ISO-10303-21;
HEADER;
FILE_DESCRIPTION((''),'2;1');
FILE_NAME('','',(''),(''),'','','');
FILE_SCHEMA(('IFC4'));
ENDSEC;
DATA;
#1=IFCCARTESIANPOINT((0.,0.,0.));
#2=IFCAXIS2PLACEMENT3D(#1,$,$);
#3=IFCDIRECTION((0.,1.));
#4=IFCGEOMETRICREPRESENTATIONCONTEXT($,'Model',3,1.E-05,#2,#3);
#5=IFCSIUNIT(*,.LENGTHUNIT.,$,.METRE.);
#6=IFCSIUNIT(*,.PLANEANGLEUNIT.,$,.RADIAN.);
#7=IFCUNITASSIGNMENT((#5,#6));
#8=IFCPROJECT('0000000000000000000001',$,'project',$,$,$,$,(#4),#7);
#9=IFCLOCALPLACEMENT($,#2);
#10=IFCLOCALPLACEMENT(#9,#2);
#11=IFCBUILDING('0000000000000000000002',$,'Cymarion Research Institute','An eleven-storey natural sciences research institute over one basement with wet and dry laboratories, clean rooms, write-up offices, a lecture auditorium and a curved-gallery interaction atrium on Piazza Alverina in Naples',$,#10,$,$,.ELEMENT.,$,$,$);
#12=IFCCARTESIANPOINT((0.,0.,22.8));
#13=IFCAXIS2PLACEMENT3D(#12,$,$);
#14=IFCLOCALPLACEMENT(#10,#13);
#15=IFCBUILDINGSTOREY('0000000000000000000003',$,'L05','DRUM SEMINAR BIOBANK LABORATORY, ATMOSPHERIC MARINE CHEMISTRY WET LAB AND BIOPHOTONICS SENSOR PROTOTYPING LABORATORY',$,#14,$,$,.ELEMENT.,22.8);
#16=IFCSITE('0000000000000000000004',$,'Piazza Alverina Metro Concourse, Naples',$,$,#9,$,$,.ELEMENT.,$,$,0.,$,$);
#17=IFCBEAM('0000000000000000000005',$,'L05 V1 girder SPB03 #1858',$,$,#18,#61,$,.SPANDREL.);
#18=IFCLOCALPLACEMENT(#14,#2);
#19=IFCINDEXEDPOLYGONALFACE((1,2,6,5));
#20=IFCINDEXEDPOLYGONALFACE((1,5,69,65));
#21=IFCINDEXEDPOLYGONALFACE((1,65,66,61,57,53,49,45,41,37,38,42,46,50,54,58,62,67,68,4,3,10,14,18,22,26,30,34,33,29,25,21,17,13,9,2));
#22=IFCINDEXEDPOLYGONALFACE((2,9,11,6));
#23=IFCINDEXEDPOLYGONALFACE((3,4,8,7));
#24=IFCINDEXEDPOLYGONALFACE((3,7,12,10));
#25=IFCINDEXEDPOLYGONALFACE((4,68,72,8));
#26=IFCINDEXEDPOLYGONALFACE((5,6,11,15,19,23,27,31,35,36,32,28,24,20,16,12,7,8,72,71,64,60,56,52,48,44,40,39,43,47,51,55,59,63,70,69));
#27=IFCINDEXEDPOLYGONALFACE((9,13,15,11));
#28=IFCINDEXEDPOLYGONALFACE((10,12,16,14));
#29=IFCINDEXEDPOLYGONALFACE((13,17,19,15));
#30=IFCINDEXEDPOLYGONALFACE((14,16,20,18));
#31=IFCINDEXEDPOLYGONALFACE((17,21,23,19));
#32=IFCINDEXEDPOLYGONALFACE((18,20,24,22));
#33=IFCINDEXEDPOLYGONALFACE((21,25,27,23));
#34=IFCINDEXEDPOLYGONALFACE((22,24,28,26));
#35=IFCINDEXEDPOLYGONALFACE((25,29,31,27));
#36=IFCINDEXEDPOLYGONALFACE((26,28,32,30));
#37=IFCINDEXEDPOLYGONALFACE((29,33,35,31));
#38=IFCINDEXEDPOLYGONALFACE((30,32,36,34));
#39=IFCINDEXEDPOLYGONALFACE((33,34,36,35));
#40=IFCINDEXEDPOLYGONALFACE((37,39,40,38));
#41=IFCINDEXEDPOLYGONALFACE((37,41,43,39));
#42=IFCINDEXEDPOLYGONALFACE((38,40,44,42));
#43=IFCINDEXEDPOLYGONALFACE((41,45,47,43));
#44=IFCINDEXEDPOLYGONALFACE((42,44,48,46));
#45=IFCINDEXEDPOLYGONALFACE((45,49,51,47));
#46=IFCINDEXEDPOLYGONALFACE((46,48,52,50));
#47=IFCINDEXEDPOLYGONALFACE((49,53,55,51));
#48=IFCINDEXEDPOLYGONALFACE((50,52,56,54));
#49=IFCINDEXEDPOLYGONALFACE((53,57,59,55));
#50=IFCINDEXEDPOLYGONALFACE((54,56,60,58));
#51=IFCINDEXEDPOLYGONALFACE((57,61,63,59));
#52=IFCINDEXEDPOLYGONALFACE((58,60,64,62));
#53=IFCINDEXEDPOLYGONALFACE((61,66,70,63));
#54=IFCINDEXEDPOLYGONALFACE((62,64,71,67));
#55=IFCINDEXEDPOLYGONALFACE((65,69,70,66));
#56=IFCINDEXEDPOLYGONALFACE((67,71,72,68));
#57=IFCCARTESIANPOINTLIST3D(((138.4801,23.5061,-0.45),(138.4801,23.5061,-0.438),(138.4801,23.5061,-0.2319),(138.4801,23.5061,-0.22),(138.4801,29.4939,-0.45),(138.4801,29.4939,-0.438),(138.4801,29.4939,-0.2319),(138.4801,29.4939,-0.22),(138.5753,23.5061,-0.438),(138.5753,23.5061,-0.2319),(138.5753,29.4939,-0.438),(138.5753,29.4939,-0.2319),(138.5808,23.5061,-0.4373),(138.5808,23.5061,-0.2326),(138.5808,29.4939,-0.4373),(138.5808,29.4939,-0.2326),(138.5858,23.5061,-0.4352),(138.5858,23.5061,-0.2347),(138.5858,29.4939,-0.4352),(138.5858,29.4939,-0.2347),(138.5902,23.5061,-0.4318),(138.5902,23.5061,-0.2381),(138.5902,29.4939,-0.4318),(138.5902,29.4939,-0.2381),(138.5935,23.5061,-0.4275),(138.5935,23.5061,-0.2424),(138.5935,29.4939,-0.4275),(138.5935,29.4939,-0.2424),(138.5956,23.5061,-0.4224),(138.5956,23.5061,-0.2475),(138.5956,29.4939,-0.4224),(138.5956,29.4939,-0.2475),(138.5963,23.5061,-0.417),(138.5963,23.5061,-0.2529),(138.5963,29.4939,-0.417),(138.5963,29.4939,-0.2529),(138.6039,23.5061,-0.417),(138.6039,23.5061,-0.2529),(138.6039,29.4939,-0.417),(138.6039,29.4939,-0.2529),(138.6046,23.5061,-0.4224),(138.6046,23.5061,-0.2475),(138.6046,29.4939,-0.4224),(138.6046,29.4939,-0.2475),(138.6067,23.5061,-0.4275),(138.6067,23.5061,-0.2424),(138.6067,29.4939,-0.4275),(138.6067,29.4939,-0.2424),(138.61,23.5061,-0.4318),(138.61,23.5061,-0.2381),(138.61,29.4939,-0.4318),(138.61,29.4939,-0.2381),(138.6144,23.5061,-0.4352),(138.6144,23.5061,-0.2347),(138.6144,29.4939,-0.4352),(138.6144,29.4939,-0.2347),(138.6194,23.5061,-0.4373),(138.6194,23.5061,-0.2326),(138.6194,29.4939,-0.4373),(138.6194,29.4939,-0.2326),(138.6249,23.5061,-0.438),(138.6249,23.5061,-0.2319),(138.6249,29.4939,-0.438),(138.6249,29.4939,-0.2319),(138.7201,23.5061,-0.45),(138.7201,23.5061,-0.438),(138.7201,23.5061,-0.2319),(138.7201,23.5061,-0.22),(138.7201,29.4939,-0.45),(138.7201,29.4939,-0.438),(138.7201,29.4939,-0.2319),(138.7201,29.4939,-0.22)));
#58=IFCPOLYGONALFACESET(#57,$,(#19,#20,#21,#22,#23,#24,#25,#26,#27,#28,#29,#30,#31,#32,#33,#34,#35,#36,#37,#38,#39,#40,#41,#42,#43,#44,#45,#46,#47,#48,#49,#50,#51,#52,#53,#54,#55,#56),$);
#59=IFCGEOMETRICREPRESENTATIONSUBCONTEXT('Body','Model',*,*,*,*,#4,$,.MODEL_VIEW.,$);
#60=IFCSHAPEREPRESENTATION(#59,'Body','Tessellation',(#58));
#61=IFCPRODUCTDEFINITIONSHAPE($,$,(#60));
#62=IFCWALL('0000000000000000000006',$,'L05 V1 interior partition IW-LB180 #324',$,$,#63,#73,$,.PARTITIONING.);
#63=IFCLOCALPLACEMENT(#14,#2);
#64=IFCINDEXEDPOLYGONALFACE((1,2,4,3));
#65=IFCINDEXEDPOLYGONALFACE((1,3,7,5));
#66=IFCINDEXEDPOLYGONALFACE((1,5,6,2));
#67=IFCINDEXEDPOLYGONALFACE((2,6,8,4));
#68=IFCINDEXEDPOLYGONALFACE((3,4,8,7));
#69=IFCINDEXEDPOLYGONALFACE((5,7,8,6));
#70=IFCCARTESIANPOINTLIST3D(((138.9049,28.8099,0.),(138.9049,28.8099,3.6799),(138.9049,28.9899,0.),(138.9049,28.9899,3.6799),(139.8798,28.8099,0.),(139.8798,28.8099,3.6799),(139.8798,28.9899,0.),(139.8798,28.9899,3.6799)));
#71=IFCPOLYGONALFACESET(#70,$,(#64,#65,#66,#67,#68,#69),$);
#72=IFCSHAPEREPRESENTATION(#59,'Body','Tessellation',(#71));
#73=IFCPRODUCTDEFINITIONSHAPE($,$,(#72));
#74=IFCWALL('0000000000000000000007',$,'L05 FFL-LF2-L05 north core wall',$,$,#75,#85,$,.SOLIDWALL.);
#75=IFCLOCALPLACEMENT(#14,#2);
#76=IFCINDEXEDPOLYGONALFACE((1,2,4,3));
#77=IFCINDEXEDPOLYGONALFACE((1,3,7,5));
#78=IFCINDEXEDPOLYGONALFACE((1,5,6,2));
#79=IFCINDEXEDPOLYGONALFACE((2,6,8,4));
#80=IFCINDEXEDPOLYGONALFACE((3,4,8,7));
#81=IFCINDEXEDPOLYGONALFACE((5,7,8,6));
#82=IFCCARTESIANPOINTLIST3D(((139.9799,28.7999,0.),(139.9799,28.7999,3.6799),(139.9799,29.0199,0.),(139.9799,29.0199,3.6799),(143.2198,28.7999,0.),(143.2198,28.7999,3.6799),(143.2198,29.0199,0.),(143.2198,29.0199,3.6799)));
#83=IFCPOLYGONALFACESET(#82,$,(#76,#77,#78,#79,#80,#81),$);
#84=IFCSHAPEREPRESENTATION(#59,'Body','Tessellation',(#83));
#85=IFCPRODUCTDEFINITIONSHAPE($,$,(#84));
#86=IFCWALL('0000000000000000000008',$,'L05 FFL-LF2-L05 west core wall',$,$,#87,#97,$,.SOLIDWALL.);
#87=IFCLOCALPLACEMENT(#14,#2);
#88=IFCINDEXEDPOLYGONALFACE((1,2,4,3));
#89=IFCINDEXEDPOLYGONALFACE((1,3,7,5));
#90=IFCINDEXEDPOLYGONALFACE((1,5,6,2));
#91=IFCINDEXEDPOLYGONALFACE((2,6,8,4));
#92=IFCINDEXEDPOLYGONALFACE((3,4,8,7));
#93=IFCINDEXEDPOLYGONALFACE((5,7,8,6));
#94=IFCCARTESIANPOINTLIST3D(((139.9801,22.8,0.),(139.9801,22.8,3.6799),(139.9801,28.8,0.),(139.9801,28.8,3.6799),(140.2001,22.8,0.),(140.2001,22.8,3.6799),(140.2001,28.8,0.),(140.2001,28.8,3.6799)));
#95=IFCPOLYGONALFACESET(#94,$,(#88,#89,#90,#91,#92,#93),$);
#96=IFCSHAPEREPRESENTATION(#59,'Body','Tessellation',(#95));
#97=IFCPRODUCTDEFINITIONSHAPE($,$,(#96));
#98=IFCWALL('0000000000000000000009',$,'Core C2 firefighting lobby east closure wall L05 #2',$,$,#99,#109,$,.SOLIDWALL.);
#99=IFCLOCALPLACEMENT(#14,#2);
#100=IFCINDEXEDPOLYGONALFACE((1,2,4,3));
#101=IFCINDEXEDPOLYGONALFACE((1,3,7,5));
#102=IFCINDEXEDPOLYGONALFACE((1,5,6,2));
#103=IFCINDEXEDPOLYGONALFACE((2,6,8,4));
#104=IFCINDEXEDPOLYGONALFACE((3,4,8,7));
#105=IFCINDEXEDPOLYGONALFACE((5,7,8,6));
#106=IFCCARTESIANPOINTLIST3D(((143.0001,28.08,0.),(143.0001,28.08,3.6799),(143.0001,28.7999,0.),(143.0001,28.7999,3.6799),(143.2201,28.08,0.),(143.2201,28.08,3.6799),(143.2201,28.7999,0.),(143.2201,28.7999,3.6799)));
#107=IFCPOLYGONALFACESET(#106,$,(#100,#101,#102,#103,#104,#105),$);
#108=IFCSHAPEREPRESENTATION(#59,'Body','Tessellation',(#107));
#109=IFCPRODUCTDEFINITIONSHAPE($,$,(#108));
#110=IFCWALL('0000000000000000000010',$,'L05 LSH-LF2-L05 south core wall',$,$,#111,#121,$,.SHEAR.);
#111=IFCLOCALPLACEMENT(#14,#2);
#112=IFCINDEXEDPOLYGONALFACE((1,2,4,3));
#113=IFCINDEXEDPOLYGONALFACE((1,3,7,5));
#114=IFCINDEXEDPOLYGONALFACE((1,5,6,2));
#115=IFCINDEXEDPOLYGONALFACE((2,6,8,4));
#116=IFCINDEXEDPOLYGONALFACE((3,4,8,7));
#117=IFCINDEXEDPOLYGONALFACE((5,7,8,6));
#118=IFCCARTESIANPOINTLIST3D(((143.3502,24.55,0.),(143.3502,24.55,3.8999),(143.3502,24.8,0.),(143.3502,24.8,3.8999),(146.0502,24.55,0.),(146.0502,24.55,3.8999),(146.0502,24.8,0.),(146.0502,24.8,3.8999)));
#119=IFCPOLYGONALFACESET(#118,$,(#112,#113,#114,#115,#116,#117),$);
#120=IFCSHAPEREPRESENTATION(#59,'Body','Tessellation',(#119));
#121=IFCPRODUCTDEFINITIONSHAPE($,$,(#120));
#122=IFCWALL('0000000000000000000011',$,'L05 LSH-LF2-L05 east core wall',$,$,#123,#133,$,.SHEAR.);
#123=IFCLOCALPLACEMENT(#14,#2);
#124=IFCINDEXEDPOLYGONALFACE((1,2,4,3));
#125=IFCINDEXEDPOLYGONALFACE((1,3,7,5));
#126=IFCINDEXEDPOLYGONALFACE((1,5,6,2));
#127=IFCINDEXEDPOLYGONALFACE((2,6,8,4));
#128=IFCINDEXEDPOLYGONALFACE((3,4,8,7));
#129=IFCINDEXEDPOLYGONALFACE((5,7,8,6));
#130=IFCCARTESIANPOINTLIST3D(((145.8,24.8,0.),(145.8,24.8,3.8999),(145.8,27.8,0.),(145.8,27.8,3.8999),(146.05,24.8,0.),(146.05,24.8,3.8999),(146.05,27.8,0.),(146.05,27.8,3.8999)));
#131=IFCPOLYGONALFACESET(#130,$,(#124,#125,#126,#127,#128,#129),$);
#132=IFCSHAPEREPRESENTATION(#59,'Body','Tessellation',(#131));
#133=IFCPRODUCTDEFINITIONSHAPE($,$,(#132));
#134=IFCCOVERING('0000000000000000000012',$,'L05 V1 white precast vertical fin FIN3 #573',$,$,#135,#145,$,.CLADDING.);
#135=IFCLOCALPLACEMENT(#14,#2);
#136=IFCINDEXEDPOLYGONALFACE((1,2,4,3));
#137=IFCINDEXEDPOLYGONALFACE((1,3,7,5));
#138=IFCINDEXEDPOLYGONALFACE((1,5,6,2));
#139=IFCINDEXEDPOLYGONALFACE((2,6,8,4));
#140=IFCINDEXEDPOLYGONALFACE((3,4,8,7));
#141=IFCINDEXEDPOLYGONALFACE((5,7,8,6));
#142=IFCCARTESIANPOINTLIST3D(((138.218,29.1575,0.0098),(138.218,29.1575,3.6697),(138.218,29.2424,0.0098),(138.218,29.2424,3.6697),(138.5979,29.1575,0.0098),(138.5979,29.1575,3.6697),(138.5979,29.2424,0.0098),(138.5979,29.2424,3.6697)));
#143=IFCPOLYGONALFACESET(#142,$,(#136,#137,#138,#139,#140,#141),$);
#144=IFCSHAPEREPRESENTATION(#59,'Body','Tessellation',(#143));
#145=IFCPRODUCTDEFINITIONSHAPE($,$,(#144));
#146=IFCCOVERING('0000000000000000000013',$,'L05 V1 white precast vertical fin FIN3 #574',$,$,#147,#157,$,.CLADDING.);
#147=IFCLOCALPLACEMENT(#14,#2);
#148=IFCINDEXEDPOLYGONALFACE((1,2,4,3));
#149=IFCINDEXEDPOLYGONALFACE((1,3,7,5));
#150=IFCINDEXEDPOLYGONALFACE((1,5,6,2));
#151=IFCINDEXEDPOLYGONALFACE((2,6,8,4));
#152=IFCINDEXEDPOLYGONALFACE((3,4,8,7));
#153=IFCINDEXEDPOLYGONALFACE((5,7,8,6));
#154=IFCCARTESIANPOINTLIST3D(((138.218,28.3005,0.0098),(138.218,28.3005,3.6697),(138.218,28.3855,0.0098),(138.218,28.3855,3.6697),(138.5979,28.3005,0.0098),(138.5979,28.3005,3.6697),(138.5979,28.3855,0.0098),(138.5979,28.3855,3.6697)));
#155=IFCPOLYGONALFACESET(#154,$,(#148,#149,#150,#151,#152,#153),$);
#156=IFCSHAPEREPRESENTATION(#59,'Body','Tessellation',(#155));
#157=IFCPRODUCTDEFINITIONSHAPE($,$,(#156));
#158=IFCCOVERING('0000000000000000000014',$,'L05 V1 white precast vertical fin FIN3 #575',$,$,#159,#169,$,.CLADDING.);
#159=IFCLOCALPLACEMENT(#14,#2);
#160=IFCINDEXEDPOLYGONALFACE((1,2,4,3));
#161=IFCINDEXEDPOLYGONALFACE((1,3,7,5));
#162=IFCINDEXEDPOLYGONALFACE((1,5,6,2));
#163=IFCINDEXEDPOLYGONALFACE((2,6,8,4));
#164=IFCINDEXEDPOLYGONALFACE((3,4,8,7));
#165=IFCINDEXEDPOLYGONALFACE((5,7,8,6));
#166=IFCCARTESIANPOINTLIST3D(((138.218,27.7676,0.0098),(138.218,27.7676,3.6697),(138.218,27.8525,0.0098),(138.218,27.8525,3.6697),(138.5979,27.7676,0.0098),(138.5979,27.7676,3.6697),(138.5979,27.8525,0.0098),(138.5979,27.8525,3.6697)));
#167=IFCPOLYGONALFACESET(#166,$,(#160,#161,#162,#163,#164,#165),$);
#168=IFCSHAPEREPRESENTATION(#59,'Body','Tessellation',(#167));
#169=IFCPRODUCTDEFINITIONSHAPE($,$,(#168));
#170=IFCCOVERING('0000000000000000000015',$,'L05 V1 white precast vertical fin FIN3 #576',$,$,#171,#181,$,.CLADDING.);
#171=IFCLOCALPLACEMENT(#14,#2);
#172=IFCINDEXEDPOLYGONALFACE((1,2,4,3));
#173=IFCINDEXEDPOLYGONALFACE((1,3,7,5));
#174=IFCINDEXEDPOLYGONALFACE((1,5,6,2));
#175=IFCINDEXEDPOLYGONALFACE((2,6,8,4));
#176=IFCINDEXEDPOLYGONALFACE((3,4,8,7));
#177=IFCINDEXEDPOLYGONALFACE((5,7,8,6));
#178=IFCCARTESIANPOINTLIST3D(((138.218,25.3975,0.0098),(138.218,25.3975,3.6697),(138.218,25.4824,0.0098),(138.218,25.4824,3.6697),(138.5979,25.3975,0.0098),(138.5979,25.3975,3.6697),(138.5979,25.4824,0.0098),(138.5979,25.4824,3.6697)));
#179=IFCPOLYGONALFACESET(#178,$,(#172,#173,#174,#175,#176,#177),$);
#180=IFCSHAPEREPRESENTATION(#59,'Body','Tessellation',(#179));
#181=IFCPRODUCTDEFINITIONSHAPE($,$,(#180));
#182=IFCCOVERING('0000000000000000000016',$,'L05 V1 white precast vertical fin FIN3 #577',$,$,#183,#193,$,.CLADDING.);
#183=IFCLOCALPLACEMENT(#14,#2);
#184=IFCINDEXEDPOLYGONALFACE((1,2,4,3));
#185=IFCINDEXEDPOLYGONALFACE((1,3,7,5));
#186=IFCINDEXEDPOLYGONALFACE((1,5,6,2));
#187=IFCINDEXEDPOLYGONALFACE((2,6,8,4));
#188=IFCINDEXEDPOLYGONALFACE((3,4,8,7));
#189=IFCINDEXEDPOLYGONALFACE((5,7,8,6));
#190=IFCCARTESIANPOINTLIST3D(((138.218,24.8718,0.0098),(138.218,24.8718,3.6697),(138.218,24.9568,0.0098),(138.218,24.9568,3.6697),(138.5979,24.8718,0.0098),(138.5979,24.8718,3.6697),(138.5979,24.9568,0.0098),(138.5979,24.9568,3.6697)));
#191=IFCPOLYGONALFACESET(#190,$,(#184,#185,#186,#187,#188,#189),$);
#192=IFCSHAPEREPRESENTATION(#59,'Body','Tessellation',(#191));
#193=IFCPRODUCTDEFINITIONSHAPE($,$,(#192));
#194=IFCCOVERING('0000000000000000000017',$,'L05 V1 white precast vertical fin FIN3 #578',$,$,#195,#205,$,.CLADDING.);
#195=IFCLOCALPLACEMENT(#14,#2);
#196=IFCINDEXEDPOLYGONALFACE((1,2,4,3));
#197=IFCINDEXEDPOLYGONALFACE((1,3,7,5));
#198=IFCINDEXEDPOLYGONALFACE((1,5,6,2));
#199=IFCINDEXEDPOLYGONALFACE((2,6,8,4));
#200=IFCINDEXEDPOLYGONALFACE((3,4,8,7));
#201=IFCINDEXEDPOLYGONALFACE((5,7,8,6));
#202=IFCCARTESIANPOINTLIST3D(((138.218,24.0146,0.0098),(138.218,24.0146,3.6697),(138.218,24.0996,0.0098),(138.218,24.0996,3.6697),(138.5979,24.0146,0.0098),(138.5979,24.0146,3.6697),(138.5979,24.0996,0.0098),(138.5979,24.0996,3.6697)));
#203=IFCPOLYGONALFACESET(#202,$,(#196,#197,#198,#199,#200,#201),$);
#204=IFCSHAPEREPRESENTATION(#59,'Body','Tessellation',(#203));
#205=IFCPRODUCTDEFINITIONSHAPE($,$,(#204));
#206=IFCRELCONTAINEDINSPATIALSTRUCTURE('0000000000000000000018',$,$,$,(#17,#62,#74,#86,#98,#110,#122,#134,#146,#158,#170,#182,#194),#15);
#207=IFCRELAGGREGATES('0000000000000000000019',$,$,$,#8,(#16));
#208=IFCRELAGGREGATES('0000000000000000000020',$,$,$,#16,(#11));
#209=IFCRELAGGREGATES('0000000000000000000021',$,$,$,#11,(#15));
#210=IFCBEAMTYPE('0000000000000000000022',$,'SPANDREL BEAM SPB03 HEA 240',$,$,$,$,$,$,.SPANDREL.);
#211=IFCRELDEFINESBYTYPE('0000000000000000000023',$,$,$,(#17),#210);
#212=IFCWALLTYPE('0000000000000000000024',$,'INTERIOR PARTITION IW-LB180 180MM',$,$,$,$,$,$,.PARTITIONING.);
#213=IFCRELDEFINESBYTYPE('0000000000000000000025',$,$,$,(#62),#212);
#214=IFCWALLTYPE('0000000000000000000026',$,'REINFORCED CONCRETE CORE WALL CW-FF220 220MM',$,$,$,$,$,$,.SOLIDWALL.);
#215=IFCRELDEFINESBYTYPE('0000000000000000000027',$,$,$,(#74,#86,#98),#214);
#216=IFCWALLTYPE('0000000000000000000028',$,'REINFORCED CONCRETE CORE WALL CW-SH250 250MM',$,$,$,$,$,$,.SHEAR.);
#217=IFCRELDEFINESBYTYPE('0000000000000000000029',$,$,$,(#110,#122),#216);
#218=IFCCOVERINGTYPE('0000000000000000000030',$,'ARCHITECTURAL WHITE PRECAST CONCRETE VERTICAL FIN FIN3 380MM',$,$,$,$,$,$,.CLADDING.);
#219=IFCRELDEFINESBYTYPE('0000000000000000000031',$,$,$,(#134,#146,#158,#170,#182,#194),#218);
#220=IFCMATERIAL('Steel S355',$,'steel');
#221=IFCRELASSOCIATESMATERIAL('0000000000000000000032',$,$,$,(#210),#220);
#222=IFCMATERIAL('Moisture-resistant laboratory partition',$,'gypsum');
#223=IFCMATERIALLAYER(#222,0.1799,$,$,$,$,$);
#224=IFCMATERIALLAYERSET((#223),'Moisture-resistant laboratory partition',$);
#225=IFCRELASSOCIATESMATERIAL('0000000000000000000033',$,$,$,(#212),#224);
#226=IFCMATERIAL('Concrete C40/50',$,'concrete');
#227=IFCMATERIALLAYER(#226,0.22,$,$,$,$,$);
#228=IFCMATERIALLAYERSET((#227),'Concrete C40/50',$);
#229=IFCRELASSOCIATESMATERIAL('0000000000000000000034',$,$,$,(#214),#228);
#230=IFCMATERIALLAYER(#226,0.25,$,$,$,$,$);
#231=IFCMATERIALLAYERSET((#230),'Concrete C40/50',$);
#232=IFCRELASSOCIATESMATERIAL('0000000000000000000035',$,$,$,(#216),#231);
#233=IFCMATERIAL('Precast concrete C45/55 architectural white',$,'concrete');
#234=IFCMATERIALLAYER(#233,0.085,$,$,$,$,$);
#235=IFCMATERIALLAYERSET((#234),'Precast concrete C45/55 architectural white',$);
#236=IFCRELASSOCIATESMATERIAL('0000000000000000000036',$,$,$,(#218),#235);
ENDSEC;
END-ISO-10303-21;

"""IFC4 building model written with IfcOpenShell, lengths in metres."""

from ifc_helpers import new_model, si_unit, direction, frame, frame_2d, origin, origin_2d, place, context, subcontext, project, spatial, rectangle, i_section, extrude, material, layer, layer_set, material_profile, profile_set, type_object, element, save


model = new_model("IFC4")

# Units and contexts
model_context = context("Model", 3, precision=1e-05, world=origin(), true_north=direction((0.0, 1.0)))
body_context = subcontext(model_context, "Body", "Model", "MODEL_VIEW")
ifc_project = project(units=[si_unit("LENGTHUNIT", "METRE"), si_unit("PLANEANGLEUNIT", "RADIAN")], contexts=[model_context])

# Site, building, storey
site_placement = place(None, origin())
site = spatial("IfcSite", under=ifc_project, at=site_placement, Name="Piazza Alverina Metro Concourse, Naples", CompositionType="ELEMENT", RefElevation=0.0)
building_placement = place(site_placement, origin())
building = spatial("IfcBuilding", under=site, at=building_placement, Name="Cymarion Research Institute", Description="An eleven-storey natural sciences research institute over one basement with wet and dry laboratories, clean rooms, write-up offices, a lecture auditorium and a curved-gallery interaction atrium on Piazza Alverina in Naples", CompositionType="ELEMENT")
storey_placement = place(building_placement, frame((0.0, 0.0, 22.8)))
storey = spatial("IfcBuildingStorey", under=building, at=storey_placement, Name="L05", Description="DRUM SEMINAR BIOBANK LABORATORY, ATMOSPHERIC MARINE CHEMISTRY WET LAB AND BIOPHOTONICS SENSOR PROTOTYPING LABORATORY", CompositionType="ELEMENT", Elevation=22.8)

# Shared definitions
ifc_material_1 = material(Name="Steel S355", Category="steel")

# Beam
ifc_material_profile_1 = material_profile(ifc_material_1, i_section(OverallWidth=0.24, OverallDepth=0.23, WebThickness=0.0076, FlangeThickness=0.012, FilletRadius=0.021, at=origin_2d()), Name="HEA 240")
ifc_profile_set_1 = profile_set([ifc_material_profile_1], Name="Steel S355")
beam_type_1 = type_object("IfcBeamType", Name="SPANDREL BEAM SPB03 HEA 240", PredefinedType="SPANDREL", material=ifc_profile_set_1)
beam_1_placement = place(storey_placement, frame((138.6001, 23.5061, -0.335), z_axis=(0.0, 1.0, 0.0), x_axis=(-1.0, 0.0, 0.0)))
element("IfcBeam", 1, at=beam_1_placement, inside=storey, type_object=beam_type_1, Name="L05 V1 girder SPB03 #1858", PredefinedType="SPANDREL", context=body_context, shape_type="SweptSolid", body=[
    extrude(i_section(OverallWidth=0.24, OverallDepth=0.23, WebThickness=0.0076, FlangeThickness=0.012, FilletRadius=0.021, at=origin_2d()), origin(), (0.0, 0.0, 1.0), 5.9878),
])

# Walls
ifc_material_2 = material(Name="Moisture-resistant laboratory partition", Category="gypsum")
ifc_layer_1 = layer(ifc_material_2, 0.1799)
ifc_layer_set_1 = layer_set([ifc_layer_1], Name="Moisture-resistant laboratory partition")
wall_type_1 = type_object("IfcWallType", Name="INTERIOR PARTITION IW-LB180 180MM", PredefinedType="PARTITIONING", material=ifc_layer_set_1)
wall_1_placement = place(storey_placement, frame((138.905, 28.8999, 0.0), z_axis=(0.0, 0.0, 1.0), x_axis=(1.0, 0.0, 0.0)))
element("IfcWall", 2, at=wall_1_placement, inside=storey, type_object=wall_type_1, Name="L05 V1 interior partition IW-LB180 #324", PredefinedType="PARTITIONING", context=body_context, shape_type="SweptSolid", body=[
    extrude(rectangle(XDim=0.9749, YDim=0.1799, at=frame_2d((0.4873, 0.0))), origin(), (0.0, 0.0, 1.0), 3.6799),
])
ifc_material_3 = material(Name="Concrete C40/50", Category="concrete")
ifc_layer_2 = layer(ifc_material_3, 0.22)
ifc_layer_set_2 = layer_set([ifc_layer_2], Name="Concrete C40/50")
wall_type_2 = type_object("IfcWallType", Name="REINFORCED CONCRETE CORE WALL CW-FF220 220MM", PredefinedType="SOLIDWALL", material=ifc_layer_set_2)
wall_2_placement = place(storey_placement, frame((143.22, 28.9099, 0.0), z_axis=(0.0, 0.0, 1.0), x_axis=(-1.0, 0.0, 0.0)))
element("IfcWall", 3, at=wall_2_placement, inside=storey, type_object=wall_type_2, Name="L05 FFL-LF2-L05 north core wall", PredefinedType="SOLIDWALL", context=body_context, shape_type="SweptSolid", body=[
    extrude(rectangle(XDim=3.24, YDim=0.22, at=frame_2d((1.6201, 0.0))), origin(), (0.0, 0.0, 1.0), 3.6799),
])
wall_3_placement = place(storey_placement, frame((140.0901, 28.8, 0.0), z_axis=(0.0, 0.0, 1.0), x_axis=(0.0, -1.0, 0.0)))
element("IfcWall", 4, at=wall_3_placement, inside=storey, type_object=wall_type_2, Name="L05 FFL-LF2-L05 west core wall", PredefinedType="SOLIDWALL", context=body_context, shape_type="SweptSolid", body=[
    extrude(rectangle(XDim=6.0, YDim=0.22, at=frame_2d((3.0, 0.0))), origin(), (0.0, 0.0, 1.0), 3.6799),
])
wall_4_placement = place(storey_placement, frame((143.1101, 28.0801, 0.0), z_axis=(0.0, 0.0, 1.0), x_axis=(0.0, 1.0, 0.0)))
element("IfcWall", 5, at=wall_4_placement, inside=storey, type_object=wall_type_2, Name="Core C2 firefighting lobby east closure wall L05 #2", PredefinedType="SOLIDWALL", context=body_context, shape_type="SweptSolid", body=[
    extrude(rectangle(XDim=0.72, YDim=0.22, at=frame_2d((0.3599, 0.0))), origin(), (0.0, 0.0, 1.0), 3.6799),
])
ifc_layer_3 = layer(ifc_material_3, 0.25)
ifc_layer_set_3 = layer_set([ifc_layer_3], Name="Concrete C40/50")
wall_type_3 = type_object("IfcWallType", Name="REINFORCED CONCRETE CORE WALL CW-SH250 250MM", PredefinedType="SHEAR", material=ifc_layer_set_3)
wall_5_placement = place(storey_placement, frame((143.3501, 24.675, 0.0), z_axis=(0.0, 0.0, 1.0), x_axis=(1.0, 0.0, 0.0)))
element("IfcWall", 6, at=wall_5_placement, inside=storey, type_object=wall_type_3, Name="L05 LSH-LF2-L05 south core wall", PredefinedType="SHEAR", context=body_context, shape_type="SweptSolid", body=[
    extrude(rectangle(XDim=2.7, YDim=0.25, at=frame_2d((1.3501, 0.0))), origin(), (0.0, 0.0, 1.0), 3.8999),
])

# Wall
wall_6_placement = place(storey_placement, frame((145.925, 24.8, 0.0), z_axis=(0.0, 0.0, 1.0), x_axis=(0.0, 1.0, 0.0)))
element("IfcWall", 7, at=wall_6_placement, inside=storey, type_object=wall_type_3, Name="L05 LSH-LF2-L05 east core wall", PredefinedType="SHEAR", context=body_context, shape_type="SweptSolid", body=[
    extrude(rectangle(XDim=3.0, YDim=0.25, at=frame_2d((1.5, 0.0))), origin(), (0.0, 0.0, 1.0), 3.8999),
])

# Coverings
ifc_material_4 = material(Name="Precast concrete C45/55 architectural white", Category="concrete")
ifc_layer_4 = layer(ifc_material_4, 0.085)
ifc_layer_set_4 = layer_set([ifc_layer_4], Name="Precast concrete C45/55 architectural white")
covering_type = type_object("IfcCoveringType", Name="ARCHITECTURAL WHITE PRECAST CONCRETE VERTICAL FIN FIN3 380MM", PredefinedType="CLADDING", material=ifc_layer_set_4)
for number, where, z_axis, x_axis, name in (
    (8, (138.408, 29.2, 0.0098), (0.0, 0.0, 1.0), (-1.0, 0.0, 0.0), "L05 V1 white precast vertical fin FIN3 #573"),
    (9, (138.408, 28.343, 0.0098), (0.0, 0.0, 1.0), (-1.0, 0.0, 0.0), "L05 V1 white precast vertical fin FIN3 #574"),
    (10, (138.408, 27.8101, 0.0098), (0.0, 0.0, 1.0), (-1.0, 0.0, 0.0), "L05 V1 white precast vertical fin FIN3 #575"),
    (11, (138.408, 25.4399, 0.0098), (0.0, 0.0, 1.0), (-1.0, 0.0, 0.0), "L05 V1 white precast vertical fin FIN3 #576"),
    (12, (138.408, 24.9143, 0.0098), (0.0, 0.0, 1.0), (-1.0, 0.0, 0.0), "L05 V1 white precast vertical fin FIN3 #577"),
    (13, (138.408, 24.0571, 0.0098), (0.0, 0.0, 1.0), (-1.0, 0.0, 0.0), "L05 V1 white precast vertical fin FIN3 #578"),
):
    element("IfcCovering", number, at=place(storey_placement, frame(where, z_axis=z_axis, x_axis=x_axis)), inside=storey, type_object=covering_type, Name=name, PredefinedType="CLADDING", context=body_context, shape_type="SweptSolid", body=[
        extrude(rectangle(XDim=0.3799, YDim=0.085, at=origin_2d()), origin(), (0.0, 0.0, 1.0), 3.6599),
    ])

save(model, "model.ifc")
